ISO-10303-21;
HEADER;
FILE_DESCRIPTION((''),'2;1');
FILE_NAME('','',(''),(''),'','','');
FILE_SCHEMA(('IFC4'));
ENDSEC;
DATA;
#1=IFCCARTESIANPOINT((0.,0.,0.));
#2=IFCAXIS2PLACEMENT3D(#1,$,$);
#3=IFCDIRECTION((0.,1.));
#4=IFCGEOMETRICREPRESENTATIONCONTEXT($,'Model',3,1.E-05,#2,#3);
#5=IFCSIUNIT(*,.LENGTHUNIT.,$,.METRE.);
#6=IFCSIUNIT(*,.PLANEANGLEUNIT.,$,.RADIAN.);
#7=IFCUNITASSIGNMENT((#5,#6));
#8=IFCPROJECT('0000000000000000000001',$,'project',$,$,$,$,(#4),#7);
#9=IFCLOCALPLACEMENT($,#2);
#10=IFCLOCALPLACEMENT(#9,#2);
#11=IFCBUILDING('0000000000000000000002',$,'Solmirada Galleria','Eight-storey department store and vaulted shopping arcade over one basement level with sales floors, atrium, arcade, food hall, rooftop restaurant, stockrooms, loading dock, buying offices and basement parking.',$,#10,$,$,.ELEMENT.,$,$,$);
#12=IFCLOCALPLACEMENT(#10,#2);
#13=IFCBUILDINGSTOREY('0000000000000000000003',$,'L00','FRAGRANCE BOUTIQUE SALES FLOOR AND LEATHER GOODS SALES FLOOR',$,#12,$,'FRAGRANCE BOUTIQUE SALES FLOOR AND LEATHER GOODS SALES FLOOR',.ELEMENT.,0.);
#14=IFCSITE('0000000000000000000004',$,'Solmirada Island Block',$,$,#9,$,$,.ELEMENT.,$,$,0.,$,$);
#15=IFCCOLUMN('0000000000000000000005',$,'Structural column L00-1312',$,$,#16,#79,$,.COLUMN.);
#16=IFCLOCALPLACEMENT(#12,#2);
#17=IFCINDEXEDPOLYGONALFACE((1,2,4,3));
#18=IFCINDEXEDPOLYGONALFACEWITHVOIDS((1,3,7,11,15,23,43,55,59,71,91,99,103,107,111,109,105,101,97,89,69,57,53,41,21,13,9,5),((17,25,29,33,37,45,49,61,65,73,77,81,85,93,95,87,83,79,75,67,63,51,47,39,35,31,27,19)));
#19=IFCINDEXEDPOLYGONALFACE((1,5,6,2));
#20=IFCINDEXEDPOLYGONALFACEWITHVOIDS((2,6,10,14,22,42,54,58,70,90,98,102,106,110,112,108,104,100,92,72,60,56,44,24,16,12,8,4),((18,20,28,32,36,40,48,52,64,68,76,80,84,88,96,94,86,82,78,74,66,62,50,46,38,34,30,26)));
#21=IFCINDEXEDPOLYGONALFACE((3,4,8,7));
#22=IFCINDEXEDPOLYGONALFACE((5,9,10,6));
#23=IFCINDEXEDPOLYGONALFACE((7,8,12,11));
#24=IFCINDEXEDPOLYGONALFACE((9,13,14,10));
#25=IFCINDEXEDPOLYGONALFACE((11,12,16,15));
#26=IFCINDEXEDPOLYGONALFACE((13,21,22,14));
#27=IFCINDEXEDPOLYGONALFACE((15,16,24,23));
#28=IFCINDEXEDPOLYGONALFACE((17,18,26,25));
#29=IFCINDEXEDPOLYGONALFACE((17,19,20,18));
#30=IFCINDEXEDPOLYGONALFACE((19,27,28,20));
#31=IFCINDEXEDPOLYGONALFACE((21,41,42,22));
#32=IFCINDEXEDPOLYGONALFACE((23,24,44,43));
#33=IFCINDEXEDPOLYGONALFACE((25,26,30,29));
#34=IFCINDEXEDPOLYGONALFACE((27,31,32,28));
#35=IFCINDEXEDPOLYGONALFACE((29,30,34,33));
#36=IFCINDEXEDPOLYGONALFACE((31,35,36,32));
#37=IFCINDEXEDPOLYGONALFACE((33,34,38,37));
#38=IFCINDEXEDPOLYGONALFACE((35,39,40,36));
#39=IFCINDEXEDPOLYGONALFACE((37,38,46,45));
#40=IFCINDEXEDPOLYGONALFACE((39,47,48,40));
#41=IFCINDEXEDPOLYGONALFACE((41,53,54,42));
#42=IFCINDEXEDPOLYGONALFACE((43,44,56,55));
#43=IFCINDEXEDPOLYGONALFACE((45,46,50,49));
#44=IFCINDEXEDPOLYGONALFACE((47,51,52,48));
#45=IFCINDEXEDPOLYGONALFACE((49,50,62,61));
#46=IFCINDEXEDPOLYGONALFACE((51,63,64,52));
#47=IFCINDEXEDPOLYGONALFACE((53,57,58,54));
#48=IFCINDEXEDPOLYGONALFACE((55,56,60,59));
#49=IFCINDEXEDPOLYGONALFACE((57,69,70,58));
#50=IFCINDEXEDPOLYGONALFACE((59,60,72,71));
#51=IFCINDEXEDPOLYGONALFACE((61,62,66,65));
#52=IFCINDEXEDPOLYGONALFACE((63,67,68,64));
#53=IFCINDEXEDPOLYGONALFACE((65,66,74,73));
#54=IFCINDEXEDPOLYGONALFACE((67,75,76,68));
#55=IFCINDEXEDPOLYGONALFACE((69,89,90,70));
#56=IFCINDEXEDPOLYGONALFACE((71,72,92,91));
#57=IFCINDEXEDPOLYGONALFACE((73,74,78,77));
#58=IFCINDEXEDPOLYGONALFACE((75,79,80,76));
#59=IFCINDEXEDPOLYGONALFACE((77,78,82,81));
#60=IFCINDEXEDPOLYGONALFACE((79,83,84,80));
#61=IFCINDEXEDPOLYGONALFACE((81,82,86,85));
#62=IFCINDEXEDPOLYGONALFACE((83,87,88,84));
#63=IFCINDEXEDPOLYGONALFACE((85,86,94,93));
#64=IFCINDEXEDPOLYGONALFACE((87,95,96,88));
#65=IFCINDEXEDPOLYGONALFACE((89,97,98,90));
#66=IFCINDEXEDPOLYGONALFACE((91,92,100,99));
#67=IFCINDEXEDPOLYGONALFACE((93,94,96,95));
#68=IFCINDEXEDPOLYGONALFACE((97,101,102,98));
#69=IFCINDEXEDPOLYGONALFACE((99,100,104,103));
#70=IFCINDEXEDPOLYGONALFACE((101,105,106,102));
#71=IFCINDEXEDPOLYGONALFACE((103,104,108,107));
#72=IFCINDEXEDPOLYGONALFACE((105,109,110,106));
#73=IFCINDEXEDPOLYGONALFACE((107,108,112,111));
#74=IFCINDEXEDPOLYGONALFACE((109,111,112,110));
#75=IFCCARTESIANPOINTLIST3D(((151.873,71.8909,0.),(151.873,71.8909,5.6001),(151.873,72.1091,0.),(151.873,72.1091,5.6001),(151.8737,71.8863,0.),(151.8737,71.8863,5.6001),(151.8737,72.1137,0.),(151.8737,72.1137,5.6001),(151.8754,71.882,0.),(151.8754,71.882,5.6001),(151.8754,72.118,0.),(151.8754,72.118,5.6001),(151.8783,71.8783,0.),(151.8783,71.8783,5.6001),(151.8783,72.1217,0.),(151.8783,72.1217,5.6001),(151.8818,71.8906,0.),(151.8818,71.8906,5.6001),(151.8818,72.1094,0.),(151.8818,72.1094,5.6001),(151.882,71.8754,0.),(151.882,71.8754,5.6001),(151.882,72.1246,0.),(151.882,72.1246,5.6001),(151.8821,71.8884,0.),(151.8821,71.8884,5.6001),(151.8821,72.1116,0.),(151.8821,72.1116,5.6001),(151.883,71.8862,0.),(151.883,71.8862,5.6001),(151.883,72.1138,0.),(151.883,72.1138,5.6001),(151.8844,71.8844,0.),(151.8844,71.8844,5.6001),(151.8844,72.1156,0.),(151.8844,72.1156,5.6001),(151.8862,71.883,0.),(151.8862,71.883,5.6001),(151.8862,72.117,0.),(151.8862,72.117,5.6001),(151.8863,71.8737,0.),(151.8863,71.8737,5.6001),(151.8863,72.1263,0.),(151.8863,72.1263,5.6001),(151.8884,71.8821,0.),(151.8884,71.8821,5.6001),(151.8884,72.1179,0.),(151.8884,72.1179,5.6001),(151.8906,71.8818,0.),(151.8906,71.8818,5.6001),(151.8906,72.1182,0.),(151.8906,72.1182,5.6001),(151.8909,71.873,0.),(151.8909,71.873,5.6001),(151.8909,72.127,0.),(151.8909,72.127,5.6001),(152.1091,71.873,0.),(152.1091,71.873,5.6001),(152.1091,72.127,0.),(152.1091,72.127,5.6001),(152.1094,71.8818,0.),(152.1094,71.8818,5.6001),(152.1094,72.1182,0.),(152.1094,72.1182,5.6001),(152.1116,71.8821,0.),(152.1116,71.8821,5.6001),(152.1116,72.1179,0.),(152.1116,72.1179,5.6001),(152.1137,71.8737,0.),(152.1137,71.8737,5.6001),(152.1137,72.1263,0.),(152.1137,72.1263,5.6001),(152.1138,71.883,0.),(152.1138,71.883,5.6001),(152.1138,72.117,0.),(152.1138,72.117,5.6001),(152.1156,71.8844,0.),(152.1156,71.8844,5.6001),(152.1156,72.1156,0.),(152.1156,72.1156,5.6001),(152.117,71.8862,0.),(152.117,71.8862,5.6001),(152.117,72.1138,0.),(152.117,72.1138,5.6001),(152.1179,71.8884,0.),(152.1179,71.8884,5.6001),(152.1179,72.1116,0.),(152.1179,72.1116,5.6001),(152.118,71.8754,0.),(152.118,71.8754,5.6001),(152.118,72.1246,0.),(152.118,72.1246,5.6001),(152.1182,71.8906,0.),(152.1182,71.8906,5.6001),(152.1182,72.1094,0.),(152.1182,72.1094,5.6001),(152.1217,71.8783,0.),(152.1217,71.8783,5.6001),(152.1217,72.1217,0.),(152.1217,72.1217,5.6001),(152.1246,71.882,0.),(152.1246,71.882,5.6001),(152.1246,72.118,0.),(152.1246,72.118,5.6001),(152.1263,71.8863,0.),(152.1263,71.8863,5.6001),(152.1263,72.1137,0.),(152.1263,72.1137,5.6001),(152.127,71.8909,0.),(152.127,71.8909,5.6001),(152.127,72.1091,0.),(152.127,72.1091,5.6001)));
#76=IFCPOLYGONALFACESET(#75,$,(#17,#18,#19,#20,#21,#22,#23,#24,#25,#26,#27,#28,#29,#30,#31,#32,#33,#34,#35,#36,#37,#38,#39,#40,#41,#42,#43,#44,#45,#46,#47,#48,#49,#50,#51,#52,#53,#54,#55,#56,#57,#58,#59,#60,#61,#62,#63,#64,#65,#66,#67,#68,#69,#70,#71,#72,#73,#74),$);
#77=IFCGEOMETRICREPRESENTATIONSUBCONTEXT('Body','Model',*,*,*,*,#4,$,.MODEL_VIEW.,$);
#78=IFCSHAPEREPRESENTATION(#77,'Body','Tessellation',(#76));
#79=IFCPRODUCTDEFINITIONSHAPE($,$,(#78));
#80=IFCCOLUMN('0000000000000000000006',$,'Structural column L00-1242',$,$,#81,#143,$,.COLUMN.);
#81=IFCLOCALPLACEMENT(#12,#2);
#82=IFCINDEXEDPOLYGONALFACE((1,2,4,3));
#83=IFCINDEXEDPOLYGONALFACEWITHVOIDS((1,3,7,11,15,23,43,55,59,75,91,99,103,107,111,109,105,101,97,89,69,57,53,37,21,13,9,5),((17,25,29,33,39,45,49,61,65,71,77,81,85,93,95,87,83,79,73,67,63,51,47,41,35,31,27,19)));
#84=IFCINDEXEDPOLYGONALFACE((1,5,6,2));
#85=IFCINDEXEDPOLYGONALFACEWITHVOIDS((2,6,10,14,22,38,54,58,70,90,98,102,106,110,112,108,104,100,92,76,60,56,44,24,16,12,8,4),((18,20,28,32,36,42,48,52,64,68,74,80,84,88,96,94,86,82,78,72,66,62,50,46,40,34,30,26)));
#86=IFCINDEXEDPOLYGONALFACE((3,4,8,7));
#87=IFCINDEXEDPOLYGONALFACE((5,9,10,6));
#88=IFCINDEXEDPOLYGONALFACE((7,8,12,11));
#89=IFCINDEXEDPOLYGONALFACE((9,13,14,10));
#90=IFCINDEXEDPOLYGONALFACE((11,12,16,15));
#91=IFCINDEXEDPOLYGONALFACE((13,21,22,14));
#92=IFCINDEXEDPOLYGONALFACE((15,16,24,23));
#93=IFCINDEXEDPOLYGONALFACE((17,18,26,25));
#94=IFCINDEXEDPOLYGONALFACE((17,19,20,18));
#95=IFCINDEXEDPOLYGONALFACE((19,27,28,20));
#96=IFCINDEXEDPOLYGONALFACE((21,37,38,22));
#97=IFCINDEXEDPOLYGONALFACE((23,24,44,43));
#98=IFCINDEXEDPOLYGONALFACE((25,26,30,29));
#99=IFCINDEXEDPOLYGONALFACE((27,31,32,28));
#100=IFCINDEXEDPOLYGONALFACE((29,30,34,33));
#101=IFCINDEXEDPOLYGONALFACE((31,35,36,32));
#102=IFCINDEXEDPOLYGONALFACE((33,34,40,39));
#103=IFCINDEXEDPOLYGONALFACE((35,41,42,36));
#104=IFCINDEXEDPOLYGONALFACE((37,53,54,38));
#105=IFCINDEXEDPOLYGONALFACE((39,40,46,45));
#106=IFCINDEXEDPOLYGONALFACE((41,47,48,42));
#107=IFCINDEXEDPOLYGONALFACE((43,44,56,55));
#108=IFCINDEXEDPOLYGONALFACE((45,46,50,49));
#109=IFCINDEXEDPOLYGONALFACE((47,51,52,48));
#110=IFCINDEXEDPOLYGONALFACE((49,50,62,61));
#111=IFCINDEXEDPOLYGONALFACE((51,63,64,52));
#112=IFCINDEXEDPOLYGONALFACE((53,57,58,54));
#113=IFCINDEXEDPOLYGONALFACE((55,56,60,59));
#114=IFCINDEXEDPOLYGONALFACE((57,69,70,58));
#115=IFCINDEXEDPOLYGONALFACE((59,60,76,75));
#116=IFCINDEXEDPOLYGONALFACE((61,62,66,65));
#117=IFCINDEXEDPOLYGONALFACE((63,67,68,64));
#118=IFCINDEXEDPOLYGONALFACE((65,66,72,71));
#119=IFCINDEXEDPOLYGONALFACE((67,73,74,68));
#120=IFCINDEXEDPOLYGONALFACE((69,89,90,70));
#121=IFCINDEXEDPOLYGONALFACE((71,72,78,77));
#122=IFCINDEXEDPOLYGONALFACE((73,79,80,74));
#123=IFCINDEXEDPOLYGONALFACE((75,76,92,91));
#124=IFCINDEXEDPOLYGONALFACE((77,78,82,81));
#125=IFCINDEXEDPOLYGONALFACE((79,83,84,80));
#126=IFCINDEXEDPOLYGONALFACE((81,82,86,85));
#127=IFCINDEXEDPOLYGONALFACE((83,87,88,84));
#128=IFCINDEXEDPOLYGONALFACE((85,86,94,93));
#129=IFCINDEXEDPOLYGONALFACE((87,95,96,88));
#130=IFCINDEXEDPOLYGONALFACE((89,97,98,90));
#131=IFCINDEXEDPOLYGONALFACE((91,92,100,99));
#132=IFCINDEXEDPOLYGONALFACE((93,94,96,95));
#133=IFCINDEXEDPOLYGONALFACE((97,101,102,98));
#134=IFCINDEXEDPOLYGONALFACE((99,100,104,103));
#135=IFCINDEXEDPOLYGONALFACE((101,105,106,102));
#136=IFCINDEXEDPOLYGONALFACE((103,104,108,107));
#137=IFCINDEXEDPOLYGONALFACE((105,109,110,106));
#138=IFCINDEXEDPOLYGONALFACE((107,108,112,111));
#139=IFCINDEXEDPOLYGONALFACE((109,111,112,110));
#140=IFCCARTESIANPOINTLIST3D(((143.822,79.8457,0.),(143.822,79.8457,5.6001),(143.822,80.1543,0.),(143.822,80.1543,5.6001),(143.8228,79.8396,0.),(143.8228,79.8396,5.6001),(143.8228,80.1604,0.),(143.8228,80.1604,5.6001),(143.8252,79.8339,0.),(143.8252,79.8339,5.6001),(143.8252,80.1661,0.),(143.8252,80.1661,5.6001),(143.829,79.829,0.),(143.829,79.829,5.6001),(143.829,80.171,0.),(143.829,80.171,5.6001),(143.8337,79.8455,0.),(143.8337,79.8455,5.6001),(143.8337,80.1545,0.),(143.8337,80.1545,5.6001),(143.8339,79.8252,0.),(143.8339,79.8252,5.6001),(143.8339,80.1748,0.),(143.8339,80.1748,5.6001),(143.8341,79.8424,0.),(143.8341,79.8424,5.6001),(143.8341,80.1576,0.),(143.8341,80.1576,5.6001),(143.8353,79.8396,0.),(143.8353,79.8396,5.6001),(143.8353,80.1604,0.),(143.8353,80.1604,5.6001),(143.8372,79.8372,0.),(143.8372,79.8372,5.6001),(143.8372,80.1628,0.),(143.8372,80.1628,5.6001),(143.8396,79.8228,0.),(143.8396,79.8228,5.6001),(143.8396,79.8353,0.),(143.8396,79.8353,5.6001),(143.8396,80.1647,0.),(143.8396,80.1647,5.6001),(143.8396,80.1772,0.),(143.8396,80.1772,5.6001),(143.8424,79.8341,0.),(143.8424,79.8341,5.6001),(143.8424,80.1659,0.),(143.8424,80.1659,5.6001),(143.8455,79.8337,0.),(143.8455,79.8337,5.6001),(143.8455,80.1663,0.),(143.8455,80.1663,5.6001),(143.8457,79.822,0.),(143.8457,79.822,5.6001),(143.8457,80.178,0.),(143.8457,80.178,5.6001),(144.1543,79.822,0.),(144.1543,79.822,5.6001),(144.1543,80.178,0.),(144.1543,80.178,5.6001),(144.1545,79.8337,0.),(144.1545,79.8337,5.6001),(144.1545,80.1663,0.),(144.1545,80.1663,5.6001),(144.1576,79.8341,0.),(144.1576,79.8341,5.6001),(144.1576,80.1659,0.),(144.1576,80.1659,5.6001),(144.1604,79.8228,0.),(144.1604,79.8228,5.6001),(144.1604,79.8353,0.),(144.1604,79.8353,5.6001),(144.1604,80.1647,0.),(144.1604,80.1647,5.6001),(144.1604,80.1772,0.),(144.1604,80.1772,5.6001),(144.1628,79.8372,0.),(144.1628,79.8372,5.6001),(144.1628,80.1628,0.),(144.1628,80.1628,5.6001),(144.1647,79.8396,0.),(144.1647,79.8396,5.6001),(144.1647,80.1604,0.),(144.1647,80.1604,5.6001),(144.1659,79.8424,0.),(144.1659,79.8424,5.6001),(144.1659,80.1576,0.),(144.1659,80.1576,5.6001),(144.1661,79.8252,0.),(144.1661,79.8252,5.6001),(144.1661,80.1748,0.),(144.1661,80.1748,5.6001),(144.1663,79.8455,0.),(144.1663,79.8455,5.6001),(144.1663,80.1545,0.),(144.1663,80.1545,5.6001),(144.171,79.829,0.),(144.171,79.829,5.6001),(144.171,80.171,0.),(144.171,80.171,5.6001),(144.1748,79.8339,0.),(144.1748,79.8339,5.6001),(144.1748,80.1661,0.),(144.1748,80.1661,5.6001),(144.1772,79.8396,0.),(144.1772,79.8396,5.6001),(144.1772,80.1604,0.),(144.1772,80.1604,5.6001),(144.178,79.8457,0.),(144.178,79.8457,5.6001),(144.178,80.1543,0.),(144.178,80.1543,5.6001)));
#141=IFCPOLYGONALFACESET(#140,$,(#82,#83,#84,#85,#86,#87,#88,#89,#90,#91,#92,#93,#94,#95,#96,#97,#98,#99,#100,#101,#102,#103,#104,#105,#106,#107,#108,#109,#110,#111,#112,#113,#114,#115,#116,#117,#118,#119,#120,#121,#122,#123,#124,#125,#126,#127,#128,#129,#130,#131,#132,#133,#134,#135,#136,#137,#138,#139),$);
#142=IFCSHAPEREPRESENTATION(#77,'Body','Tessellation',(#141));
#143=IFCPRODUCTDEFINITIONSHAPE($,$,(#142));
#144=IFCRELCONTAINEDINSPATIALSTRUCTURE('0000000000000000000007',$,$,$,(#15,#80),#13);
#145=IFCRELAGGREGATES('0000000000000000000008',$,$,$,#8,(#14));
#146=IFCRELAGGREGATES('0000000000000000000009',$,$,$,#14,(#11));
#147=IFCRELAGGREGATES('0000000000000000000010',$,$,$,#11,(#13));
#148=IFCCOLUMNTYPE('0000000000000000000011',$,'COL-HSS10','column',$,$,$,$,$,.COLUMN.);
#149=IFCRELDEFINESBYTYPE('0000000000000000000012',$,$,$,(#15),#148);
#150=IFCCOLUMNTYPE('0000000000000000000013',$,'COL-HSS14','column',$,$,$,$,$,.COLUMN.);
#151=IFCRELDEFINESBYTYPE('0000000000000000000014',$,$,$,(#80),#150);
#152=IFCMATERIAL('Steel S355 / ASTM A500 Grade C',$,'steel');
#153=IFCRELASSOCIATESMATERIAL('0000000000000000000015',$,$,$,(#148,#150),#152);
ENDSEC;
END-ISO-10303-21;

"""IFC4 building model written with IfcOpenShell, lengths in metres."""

from ifc_helpers import new_model, si_unit, direction, frame, origin, origin_2d, place, context, subcontext, project, spatial, hollow_rectangle, extrude, material, material_profile, profile_set, type_object, element, save


model = new_model("IFC4")

# Units and contexts
model_context = context("Model", 3, precision=1e-05, world=origin(), true_north=direction((0.0, 1.0)))
body_context = subcontext(model_context, "Body", "Model", "MODEL_VIEW")
ifc_project = project(units=[si_unit("LENGTHUNIT", "METRE"), si_unit("PLANEANGLEUNIT", "RADIAN")], contexts=[model_context])

# Site, building, storey
site_placement = place(None, origin())
site = spatial("IfcSite", under=ifc_project, at=site_placement, Name="Solmirada Island Block", CompositionType="ELEMENT", RefElevation=0.0)
building_placement = place(site_placement, origin())
building = spatial("IfcBuilding", under=site, at=building_placement, Name="Solmirada Galleria", Description="Eight-storey department store and vaulted shopping arcade over one basement level with sales floors, atrium, arcade, food hall, rooftop restaurant, stockrooms, loading dock, buying offices and basement parking.", CompositionType="ELEMENT")
storey_placement = place(building_placement, origin())
storey = spatial("IfcBuildingStorey", under=building, at=storey_placement, Name="L00", Description="FRAGRANCE BOUTIQUE SALES FLOOR AND LEATHER GOODS SALES FLOOR", LongName="FRAGRANCE BOUTIQUE SALES FLOOR AND LEATHER GOODS SALES FLOOR", CompositionType="ELEMENT", Elevation=0.0)

# Columns
ifc_material_1 = material(Name="Steel S355 / ASTM A500 Grade C", Category="steel")
ifc_material_profile_1 = material_profile(ifc_material_1, hollow_rectangle(XDim=0.2539, YDim=0.2539, WallThickness=0.0088, InnerFilletRadius=0.0088, OuterFilletRadius=0.0178, at=origin_2d()), Name="HSS10X10X3/8")
ifc_profile_set_1 = profile_set([ifc_material_profile_1], Name="Steel S355 / ASTM A500 Grade C")
column_type_1 = type_object("IfcColumnType", Name="COL-HSS10", Description="column", PredefinedType="COLUMN", material=ifc_profile_set_1)
column_placement = place(storey_placement, frame((152.0, 72.0, 0.0), z_axis=(0.0, 0.0, 1.0), x_axis=(1.0, 0.0, 0.0)))
element("IfcColumn", 1, at=column_placement, inside=storey, type_object=column_type_1, Name="Structural column L00-1312", PredefinedType="COLUMN", context=body_context, shape_type="SweptSolid", body=[
    extrude(hollow_rectangle(XDim=0.2539, YDim=0.2539, WallThickness=0.0088, InnerFilletRadius=0.0088, OuterFilletRadius=0.0178, at=origin_2d()), origin(), (0.0, 0.0, 1.0), 5.6001),
])
ifc_material_profile_2 = material_profile(ifc_material_1, hollow_rectangle(XDim=0.356, YDim=0.356, WallThickness=0.0117, InnerFilletRadius=0.0117, OuterFilletRadius=0.0237, at=origin_2d()), Name="HSS14X14X1/2")
ifc_profile_set_2 = profile_set([ifc_material_profile_2], Name="Steel S355 / ASTM A500 Grade C")
column_type_2 = type_object("IfcColumnType", Name="COL-HSS14", Description="column", PredefinedType="COLUMN", material=ifc_profile_set_2)
for number, where, z_axis, x_axis, name in (
    (2, (144.0, 80.0, 0.0), (0.0, 0.0, 1.0), (1.0, 0.0, 0.0), "Structural column L00-1242"),
):
    element("IfcColumn", number, at=place(storey_placement, frame(where, z_axis=z_axis, x_axis=x_axis)), inside=storey, type_object=column_type_2, Name=name, PredefinedType="COLUMN", context=body_context, shape_type="SweptSolid", body=[
        extrude(hollow_rectangle(XDim=0.356, YDim=0.356, WallThickness=0.0117, InnerFilletRadius=0.0117, OuterFilletRadius=0.0237, at=origin_2d()), origin(), (0.0, 0.0, 1.0), 5.6001),
    ])

save(model, "model.ifc")
